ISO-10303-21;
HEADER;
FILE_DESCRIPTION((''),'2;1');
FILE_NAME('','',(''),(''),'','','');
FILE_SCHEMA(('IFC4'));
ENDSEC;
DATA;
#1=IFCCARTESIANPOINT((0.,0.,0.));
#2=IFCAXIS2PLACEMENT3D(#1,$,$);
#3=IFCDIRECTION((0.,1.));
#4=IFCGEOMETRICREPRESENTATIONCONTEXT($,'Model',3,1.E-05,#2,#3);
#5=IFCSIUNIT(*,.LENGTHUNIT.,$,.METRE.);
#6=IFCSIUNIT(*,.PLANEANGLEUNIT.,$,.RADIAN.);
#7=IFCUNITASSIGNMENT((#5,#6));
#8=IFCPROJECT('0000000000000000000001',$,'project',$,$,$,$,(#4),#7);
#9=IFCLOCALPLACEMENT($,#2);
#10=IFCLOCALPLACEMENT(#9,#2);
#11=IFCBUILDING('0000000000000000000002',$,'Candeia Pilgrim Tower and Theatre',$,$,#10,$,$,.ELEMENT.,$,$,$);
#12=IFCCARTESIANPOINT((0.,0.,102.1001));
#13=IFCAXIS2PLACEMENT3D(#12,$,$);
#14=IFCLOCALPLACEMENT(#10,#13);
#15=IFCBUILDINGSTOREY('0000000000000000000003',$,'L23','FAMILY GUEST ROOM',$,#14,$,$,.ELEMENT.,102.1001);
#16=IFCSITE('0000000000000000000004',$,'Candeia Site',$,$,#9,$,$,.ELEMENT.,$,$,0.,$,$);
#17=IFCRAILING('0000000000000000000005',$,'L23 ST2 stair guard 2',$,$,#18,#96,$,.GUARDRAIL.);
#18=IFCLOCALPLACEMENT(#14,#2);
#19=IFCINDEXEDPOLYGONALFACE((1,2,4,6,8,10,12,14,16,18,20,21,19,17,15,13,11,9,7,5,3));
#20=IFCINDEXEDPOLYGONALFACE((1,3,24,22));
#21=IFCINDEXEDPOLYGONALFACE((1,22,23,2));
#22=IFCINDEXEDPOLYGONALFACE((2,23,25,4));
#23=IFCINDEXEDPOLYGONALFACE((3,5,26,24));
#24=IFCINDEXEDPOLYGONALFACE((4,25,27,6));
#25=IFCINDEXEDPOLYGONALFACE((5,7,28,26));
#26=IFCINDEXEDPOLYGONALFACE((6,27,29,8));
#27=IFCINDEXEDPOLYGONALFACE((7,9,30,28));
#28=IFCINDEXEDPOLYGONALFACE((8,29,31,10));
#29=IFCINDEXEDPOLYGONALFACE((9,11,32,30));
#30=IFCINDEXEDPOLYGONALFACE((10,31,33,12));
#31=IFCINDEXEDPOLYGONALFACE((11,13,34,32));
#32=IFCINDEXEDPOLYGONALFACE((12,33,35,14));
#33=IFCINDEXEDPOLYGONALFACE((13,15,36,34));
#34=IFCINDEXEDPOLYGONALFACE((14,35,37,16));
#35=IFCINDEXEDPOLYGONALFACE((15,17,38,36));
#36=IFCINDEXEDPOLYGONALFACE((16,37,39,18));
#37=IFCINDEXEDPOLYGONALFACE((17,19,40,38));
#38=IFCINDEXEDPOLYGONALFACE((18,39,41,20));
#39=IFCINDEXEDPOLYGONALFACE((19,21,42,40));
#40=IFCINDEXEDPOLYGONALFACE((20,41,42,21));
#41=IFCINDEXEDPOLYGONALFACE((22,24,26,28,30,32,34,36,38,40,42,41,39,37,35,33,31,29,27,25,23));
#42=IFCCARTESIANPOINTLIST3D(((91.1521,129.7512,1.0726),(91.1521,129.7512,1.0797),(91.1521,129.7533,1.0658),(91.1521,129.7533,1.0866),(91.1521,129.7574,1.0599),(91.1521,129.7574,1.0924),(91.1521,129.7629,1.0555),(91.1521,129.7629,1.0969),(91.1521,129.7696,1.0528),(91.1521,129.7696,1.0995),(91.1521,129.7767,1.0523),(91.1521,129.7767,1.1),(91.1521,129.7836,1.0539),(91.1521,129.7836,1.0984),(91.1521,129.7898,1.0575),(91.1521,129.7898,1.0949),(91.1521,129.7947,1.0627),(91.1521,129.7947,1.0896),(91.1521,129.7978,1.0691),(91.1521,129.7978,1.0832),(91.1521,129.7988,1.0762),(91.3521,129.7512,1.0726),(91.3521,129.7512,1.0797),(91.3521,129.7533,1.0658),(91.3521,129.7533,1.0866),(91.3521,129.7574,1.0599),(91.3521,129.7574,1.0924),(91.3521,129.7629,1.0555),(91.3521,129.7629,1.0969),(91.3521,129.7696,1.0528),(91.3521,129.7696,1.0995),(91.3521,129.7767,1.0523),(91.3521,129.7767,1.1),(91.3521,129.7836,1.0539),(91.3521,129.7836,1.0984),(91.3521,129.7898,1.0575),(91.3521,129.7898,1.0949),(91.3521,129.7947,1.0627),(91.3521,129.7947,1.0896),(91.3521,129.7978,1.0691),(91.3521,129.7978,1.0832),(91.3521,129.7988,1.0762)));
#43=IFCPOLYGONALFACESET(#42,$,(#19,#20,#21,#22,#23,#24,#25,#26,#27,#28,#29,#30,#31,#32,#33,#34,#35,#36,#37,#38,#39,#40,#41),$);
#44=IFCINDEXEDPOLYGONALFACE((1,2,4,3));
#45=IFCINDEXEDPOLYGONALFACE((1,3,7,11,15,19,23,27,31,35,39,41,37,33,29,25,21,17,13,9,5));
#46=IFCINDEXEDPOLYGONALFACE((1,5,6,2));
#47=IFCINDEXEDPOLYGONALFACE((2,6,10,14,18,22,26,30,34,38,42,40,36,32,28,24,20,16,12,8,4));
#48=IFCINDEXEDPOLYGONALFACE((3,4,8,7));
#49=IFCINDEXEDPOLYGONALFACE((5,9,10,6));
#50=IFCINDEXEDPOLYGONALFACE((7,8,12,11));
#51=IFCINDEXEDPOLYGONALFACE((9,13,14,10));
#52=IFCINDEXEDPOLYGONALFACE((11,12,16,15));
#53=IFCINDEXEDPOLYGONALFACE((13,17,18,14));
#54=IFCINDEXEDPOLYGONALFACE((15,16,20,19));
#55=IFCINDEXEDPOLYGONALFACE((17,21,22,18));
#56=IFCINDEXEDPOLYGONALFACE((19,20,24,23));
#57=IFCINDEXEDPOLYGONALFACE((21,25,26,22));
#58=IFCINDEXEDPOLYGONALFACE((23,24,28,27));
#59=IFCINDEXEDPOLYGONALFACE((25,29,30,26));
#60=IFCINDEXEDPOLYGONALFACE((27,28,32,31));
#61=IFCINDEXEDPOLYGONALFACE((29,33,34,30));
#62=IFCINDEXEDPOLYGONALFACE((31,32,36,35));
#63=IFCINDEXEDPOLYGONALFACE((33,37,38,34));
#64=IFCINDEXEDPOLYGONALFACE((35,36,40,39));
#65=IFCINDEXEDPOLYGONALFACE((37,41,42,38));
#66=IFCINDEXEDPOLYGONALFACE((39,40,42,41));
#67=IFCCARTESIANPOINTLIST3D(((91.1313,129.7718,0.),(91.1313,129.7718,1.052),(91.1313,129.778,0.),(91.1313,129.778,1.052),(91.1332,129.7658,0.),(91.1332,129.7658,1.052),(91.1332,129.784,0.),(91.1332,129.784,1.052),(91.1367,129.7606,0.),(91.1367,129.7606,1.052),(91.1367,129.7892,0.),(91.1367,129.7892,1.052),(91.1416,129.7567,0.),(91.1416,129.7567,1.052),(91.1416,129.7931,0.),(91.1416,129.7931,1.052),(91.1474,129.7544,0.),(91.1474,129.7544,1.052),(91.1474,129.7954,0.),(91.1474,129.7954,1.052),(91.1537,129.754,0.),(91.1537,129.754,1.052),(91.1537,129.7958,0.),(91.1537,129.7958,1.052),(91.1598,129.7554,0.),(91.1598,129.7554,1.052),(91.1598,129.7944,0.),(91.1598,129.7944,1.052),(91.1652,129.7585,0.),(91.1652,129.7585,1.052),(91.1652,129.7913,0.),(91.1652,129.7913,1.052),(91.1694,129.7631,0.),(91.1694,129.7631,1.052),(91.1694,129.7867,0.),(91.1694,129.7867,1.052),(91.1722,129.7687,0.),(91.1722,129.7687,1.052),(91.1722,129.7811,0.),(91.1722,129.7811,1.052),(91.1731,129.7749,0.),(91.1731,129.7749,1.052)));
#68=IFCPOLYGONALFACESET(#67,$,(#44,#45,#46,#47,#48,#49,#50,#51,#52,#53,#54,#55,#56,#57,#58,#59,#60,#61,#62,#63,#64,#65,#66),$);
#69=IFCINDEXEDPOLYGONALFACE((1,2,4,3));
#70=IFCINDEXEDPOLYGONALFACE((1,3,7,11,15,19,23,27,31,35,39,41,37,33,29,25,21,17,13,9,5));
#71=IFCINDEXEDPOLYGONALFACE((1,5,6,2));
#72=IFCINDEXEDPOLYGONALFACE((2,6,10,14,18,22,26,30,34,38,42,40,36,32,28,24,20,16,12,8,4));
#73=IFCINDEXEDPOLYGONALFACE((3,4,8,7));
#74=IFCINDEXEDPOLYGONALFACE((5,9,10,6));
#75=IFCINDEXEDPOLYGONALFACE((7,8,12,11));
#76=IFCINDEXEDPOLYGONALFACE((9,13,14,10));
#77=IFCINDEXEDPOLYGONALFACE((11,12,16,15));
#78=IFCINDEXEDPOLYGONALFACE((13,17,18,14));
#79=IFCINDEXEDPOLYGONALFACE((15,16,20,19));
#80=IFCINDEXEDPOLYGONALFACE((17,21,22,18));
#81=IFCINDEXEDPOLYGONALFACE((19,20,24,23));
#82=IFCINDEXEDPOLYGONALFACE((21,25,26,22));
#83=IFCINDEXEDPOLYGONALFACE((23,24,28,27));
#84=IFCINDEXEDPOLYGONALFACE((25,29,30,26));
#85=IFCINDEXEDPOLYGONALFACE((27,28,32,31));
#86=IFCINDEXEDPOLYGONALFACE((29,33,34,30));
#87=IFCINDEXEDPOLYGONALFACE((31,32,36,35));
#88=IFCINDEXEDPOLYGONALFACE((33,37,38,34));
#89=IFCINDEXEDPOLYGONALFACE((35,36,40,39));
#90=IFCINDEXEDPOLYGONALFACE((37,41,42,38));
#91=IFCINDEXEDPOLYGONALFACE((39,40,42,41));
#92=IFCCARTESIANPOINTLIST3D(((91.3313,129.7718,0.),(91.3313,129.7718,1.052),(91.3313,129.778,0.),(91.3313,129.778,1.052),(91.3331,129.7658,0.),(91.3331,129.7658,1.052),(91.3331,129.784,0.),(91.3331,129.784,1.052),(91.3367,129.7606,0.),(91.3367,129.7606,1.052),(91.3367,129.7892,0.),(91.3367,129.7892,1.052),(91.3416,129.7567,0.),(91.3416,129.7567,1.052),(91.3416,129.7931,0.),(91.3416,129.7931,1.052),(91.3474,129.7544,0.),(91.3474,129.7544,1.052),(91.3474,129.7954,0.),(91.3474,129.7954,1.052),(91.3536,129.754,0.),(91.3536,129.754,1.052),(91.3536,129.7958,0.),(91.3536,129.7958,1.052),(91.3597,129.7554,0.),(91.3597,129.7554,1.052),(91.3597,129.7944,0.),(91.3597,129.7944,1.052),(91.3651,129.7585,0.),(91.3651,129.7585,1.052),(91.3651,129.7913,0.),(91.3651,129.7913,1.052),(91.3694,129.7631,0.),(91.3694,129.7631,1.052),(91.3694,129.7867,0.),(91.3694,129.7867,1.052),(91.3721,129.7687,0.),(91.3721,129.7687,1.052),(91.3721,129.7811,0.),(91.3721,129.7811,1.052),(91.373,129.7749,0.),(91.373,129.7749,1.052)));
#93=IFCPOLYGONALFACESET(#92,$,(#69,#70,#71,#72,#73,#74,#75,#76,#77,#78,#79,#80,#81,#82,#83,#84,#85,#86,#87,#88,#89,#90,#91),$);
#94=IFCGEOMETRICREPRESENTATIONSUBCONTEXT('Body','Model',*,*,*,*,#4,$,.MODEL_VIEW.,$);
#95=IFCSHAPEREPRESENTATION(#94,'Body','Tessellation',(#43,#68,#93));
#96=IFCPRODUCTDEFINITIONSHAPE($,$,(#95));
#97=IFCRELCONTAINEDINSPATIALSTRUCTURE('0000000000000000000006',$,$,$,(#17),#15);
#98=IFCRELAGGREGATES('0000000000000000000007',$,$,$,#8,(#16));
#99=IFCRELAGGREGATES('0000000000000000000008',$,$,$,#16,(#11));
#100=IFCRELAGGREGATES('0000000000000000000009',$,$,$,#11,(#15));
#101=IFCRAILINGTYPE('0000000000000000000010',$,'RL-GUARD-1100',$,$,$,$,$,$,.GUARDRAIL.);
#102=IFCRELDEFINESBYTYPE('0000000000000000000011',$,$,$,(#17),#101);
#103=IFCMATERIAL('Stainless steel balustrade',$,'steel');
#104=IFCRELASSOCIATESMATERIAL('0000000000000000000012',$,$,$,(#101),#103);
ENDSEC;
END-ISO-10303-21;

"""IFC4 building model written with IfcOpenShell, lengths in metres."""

from ifc_helpers import new_model, si_unit, direction, frame, origin, origin_2d, place, context, subcontext, project, spatial, circle, extrude, material, type_object, element, save


model = new_model("IFC4")

# Units and contexts
model_context = context("Model", 3, precision=1e-05, world=origin(), true_north=direction((0.0, 1.0)))
body_context = subcontext(model_context, "Body", "Model", "MODEL_VIEW")
ifc_project = project(units=[si_unit("LENGTHUNIT", "METRE"), si_unit("PLANEANGLEUNIT", "RADIAN")], contexts=[model_context])

# Site, building, storey
site_placement = place(None, origin())
site = spatial("IfcSite", under=ifc_project, at=site_placement, Name="Candeia Site", CompositionType="ELEMENT", RefElevation=0.0)
building_placement = place(site_placement, origin())
building = spatial("IfcBuilding", under=site, at=building_placement, Name="Candeia Pilgrim Tower and Theatre", CompositionType="ELEMENT")
storey_placement = place(building_placement, frame((0.0, 0.0, 102.1001)))
storey = spatial("IfcBuildingStorey", under=building, at=storey_placement, Name="L23", Description="FAMILY GUEST ROOM", CompositionType="ELEMENT", Elevation=102.1001)

# Shared definitions
ifc_material_1 = material(Name="Stainless steel balustrade", Category="steel")

# Railing
railing_type_1 = type_object("IfcRailingType", Name="RL-GUARD-1100", PredefinedType="GUARDRAIL", material=ifc_material_1)
railing_1_placement = place(storey_placement, frame((91.1521, 129.7749, 0.0)))
element("IfcRailing", 1, at=railing_1_placement, inside=storey, type_object=railing_type_1, Name="L23 ST2 stair guard 2", PredefinedType="GUARDRAIL", context=body_context, shape_type="SweptSolid", body=[
    extrude(circle(Radius=0.0239, at=origin_2d()), frame((0.0, 0.0, 1.0762), z_axis=(1.0, 0.0, 0.0), x_axis=(0.0, 1.0, 0.0)), (0.0, 0.0, 1.0), 0.2),
    extrude(circle(Radius=0.021, at=origin_2d()), origin(), (0.0, 0.0, 1.0), 1.052),
    extrude(circle(Radius=0.021, at=origin_2d()), frame((0.2, 0.0, 0.0)), (0.0, 0.0, 1.0), 1.052),
])

save(model, "model.ifc")
